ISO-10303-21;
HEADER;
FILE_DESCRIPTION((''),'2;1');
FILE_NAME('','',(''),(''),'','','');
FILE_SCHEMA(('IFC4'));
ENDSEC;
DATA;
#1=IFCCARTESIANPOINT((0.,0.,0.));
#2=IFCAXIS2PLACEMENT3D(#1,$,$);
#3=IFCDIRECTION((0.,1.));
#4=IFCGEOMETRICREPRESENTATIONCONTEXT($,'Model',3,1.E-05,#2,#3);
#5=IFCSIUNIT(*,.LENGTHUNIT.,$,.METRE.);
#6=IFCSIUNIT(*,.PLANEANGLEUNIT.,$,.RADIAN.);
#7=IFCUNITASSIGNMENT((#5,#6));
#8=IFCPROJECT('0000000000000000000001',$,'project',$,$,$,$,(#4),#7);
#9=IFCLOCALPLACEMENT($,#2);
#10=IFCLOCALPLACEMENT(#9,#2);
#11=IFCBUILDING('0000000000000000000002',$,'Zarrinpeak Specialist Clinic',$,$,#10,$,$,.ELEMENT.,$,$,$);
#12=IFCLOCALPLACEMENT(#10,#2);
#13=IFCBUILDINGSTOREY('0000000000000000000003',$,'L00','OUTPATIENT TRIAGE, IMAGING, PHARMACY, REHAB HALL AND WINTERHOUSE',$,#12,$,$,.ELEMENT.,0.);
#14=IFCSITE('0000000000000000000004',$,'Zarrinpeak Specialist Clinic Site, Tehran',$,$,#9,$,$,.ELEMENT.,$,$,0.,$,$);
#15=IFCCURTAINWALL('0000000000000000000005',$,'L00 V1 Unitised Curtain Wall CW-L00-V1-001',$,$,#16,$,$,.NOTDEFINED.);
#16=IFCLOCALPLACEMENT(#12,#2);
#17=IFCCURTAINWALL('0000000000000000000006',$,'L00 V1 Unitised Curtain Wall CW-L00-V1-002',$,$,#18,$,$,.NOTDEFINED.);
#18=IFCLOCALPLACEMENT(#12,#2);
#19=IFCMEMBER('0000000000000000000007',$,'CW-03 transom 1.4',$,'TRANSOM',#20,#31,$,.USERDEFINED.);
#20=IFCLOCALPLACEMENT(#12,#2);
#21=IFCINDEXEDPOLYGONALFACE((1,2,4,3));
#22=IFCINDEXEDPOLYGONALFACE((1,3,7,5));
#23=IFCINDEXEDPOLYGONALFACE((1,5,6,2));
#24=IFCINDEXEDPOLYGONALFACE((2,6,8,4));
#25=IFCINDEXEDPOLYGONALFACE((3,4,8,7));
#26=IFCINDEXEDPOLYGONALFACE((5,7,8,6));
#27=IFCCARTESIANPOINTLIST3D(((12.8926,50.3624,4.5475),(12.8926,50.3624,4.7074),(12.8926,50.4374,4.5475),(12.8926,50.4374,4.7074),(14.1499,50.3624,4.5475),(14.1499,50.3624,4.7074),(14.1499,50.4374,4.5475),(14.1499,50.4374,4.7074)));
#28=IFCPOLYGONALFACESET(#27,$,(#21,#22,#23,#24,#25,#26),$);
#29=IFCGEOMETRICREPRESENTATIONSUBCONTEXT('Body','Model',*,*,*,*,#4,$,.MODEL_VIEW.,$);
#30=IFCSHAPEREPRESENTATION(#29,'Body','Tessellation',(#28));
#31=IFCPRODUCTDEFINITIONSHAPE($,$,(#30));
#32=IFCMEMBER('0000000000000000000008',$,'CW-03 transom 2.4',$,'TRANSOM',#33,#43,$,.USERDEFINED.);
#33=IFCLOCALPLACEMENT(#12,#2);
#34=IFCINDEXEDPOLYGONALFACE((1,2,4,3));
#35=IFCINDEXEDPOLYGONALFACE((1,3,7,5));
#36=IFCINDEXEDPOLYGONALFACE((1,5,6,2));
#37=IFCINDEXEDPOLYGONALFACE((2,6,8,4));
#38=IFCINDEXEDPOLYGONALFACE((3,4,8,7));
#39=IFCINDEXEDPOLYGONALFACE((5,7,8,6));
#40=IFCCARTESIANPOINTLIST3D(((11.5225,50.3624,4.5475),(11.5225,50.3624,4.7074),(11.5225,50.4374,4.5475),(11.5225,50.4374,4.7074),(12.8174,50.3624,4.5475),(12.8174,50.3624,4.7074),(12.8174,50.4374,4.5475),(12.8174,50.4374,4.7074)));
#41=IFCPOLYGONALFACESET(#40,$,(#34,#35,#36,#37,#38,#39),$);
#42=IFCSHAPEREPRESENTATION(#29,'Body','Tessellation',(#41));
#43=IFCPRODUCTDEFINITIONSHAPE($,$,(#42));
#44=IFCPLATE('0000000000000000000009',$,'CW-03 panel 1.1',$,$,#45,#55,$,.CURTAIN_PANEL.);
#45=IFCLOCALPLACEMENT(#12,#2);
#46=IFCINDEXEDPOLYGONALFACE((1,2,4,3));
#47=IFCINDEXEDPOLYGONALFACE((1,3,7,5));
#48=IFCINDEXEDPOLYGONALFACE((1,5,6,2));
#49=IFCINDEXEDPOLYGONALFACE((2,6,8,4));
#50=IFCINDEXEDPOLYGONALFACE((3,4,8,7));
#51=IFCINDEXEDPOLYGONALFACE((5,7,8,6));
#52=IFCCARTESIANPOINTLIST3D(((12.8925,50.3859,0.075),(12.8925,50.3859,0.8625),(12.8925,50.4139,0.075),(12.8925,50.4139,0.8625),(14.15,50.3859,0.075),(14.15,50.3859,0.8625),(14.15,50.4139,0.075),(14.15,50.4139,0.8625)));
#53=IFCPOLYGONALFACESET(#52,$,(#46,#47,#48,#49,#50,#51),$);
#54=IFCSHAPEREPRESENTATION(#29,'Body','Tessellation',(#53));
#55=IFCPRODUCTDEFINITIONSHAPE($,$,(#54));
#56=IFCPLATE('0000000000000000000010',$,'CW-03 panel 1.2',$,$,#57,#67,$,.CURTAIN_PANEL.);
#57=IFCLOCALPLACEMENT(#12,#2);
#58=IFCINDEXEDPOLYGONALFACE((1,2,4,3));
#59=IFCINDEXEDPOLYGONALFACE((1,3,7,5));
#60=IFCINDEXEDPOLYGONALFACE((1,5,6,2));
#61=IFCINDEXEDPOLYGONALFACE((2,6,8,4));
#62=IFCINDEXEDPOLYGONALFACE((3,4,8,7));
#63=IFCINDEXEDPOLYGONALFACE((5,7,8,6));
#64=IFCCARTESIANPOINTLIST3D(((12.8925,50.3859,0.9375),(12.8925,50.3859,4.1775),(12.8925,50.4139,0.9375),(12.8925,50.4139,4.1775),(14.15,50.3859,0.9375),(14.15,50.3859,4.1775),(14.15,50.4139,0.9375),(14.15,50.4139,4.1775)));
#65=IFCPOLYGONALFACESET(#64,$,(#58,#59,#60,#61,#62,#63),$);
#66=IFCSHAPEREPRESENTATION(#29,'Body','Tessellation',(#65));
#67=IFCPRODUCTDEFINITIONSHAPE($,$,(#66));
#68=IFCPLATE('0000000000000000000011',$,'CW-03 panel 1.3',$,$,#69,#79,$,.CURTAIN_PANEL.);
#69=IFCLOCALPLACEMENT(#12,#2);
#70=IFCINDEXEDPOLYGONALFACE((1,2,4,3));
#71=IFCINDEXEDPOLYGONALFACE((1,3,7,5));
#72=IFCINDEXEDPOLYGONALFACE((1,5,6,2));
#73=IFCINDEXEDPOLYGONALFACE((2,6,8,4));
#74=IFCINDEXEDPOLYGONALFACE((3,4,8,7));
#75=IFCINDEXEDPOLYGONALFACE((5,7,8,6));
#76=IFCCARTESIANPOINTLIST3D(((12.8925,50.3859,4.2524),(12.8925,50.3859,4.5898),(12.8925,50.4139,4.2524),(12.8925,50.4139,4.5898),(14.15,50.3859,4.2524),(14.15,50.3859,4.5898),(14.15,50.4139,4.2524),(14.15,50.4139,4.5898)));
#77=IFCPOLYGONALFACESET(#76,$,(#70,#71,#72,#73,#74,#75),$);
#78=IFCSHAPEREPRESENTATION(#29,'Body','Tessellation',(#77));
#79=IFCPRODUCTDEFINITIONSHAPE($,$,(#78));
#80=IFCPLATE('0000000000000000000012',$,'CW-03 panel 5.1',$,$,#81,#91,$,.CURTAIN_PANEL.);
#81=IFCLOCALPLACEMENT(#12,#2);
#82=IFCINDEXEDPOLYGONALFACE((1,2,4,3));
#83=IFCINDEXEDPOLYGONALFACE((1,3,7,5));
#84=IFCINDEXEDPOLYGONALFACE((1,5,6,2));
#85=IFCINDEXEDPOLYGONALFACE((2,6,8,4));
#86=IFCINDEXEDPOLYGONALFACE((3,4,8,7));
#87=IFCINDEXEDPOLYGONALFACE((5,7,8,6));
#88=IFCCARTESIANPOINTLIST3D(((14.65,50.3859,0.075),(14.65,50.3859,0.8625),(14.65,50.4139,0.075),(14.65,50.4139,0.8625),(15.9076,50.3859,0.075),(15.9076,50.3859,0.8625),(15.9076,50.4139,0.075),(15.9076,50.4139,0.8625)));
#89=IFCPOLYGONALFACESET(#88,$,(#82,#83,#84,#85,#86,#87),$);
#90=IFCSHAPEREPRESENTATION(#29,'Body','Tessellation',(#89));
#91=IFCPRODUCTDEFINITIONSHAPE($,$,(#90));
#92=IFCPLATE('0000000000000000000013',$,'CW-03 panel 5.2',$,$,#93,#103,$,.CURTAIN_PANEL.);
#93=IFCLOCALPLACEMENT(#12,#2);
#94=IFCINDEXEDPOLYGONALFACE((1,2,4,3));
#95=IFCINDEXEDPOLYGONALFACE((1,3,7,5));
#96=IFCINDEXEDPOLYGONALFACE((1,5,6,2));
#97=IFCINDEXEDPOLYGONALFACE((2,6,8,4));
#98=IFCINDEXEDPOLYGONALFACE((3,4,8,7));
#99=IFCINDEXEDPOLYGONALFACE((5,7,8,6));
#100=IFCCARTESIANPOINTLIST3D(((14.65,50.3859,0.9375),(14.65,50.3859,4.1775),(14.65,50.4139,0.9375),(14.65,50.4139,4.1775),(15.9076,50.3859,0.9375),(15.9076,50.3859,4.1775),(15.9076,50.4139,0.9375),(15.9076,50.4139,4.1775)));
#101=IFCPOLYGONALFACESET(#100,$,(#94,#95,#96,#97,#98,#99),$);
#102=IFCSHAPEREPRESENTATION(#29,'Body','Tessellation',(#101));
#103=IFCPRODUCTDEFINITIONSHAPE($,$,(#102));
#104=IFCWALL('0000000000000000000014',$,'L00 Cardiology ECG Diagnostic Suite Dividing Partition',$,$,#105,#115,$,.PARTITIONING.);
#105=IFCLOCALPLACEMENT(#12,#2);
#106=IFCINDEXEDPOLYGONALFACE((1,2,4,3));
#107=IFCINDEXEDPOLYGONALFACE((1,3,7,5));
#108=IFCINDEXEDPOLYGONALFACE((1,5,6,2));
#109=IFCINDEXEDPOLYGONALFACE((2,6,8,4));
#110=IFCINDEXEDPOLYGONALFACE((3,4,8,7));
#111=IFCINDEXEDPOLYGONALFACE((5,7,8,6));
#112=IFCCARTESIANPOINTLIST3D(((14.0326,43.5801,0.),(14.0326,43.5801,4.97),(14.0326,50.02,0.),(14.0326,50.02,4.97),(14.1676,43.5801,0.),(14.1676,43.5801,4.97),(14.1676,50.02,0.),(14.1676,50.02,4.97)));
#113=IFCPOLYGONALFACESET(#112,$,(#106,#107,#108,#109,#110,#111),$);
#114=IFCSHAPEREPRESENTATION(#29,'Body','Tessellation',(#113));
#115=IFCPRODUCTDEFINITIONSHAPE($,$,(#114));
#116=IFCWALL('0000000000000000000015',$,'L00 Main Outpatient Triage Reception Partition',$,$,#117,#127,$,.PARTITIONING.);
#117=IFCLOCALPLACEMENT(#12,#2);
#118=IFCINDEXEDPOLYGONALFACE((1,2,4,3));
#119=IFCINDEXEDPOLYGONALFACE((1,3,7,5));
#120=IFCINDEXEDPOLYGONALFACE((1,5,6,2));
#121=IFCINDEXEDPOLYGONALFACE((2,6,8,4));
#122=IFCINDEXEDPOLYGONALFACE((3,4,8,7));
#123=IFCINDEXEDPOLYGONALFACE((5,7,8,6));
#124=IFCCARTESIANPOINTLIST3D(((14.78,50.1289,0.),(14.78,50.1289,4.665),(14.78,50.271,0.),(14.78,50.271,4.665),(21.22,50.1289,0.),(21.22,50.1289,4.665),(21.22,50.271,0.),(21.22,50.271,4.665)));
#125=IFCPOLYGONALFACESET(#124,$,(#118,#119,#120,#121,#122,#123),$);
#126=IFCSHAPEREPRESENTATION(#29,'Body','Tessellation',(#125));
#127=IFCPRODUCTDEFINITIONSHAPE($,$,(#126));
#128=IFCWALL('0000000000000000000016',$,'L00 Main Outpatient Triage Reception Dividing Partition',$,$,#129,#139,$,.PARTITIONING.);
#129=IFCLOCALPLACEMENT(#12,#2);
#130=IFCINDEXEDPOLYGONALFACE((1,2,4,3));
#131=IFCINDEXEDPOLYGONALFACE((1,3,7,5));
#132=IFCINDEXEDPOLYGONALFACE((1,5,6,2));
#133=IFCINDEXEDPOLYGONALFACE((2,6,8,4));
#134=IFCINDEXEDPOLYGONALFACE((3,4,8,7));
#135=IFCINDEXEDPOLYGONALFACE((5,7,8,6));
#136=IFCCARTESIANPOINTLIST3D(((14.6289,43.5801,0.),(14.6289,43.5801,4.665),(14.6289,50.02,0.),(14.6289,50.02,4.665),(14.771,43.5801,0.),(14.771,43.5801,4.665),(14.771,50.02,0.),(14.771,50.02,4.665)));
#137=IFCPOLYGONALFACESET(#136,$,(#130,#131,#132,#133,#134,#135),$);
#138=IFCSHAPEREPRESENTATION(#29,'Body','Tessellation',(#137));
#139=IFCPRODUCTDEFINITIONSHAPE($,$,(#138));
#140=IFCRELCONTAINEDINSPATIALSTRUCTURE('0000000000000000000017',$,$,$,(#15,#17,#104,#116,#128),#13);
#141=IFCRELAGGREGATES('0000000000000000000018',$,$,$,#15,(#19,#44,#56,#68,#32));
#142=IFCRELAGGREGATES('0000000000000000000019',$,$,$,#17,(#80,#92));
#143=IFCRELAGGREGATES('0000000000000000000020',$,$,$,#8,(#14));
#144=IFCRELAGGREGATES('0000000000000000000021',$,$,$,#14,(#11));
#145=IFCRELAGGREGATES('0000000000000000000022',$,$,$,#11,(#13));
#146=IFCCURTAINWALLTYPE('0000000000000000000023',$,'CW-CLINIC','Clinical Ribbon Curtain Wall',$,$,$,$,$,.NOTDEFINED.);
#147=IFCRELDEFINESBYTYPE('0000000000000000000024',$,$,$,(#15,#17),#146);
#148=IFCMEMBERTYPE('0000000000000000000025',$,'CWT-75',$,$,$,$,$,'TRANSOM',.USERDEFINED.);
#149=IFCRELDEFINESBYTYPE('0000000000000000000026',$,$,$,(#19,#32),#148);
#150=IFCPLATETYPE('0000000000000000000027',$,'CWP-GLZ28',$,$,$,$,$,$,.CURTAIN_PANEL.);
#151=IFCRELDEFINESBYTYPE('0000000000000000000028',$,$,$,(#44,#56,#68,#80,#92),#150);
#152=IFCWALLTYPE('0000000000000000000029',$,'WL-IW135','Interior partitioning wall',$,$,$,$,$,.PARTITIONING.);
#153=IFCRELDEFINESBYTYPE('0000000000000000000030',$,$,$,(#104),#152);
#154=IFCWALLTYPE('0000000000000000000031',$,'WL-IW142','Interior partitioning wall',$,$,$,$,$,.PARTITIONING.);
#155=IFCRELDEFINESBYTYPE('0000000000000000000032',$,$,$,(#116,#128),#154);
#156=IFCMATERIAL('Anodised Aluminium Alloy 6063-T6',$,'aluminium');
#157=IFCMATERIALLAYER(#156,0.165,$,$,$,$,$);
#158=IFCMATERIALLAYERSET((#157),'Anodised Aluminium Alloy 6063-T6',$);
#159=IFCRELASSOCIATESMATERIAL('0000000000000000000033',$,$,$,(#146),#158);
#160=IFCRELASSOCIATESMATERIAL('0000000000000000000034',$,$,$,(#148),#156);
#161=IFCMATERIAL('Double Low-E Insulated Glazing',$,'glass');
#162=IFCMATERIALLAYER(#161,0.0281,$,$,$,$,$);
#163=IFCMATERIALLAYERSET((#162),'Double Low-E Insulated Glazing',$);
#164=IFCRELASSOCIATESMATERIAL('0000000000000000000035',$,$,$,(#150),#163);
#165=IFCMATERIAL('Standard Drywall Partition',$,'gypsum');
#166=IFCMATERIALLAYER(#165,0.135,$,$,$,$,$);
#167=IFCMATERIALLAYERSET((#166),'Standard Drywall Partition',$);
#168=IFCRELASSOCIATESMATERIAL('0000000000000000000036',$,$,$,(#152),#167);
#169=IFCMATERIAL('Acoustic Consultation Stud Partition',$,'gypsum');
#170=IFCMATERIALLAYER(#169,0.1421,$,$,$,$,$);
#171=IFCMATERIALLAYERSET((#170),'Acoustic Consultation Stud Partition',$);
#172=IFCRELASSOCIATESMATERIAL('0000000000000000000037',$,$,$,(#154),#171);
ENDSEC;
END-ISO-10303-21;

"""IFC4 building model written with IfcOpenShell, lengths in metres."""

from ifc_helpers import new_model, si_unit, direction, frame, frame_2d, origin, origin_2d, place, context, subcontext, project, spatial, rectangle, extrude, material, layer, layer_set, material_profile, profile_set, type_object, element, aggregate, save


model = new_model("IFC4")

# Units and contexts
model_context = context("Model", 3, precision=1e-05, world=origin(), true_north=direction((0.0, 1.0)))
body_context = subcontext(model_context, "Body", "Model", "MODEL_VIEW")
ifc_project = project(units=[si_unit("LENGTHUNIT", "METRE"), si_unit("PLANEANGLEUNIT", "RADIAN")], contexts=[model_context])

# Site, building, storey
site_placement = place(None, origin())
site = spatial("IfcSite", under=ifc_project, at=site_placement, Name="Zarrinpeak Specialist Clinic Site, Tehran", CompositionType="ELEMENT", RefElevation=0.0)
building_placement = place(site_placement, origin())
building = spatial("IfcBuilding", under=site, at=building_placement, Name="Zarrinpeak Specialist Clinic", CompositionType="ELEMENT")
storey_placement = place(building_placement, origin())
storey = spatial("IfcBuildingStorey", under=building, at=storey_placement, Name="L00", Description="OUTPATIENT TRIAGE, IMAGING, PHARMACY, REHAB HALL AND WINTERHOUSE", CompositionType="ELEMENT", Elevation=0.0)

# Curtain wall
ifc_material_1 = material(Name="Anodised Aluminium Alloy 6063-T6", Category="aluminium")
ifc_layer_1 = layer(ifc_material_1, 0.165)
ifc_layer_set_1 = layer_set([ifc_layer_1], Name="Anodised Aluminium Alloy 6063-T6")
curtain_wall_type = type_object("IfcCurtainWallType", Name="CW-CLINIC", Description="Clinical Ribbon Curtain Wall", PredefinedType="NOTDEFINED", material=ifc_layer_set_1)
curtain_wall_1_placement = place(storey_placement, origin())
curtain_wall_1 = element("IfcCurtainWall", 1, at=curtain_wall_1_placement, inside=storey, type_object=curtain_wall_type, Name="L00 V1 Unitised Curtain Wall CW-L00-V1-001", PredefinedType="NOTDEFINED")

# Curtain wall
curtain_wall_2_placement = place(storey_placement, origin())
curtain_wall_2 = element("IfcCurtainWall", 2, at=curtain_wall_2_placement, inside=storey, type_object=curtain_wall_type, Name="L00 V1 Unitised Curtain Wall CW-L00-V1-002", PredefinedType="NOTDEFINED")

# Members
ifc_material_profile_1 = material_profile(ifc_material_1, rectangle(XDim=0.075, YDim=0.1599, at=origin_2d()), Name="ALU 75x160")
ifc_profile_set_1 = profile_set([ifc_material_profile_1], Name="Anodised Aluminium Alloy 6063-T6")
member_type_1 = type_object("IfcMemberType", Name="CWT-75", ElementType="TRANSOM", PredefinedType="USERDEFINED", material=ifc_profile_set_1)
member_1_placement = place(storey_placement, frame((14.1499, 50.3999, 4.6274), z_axis=(-1.0, 0.0, 0.0), x_axis=(0.0, -1.0, 0.0)))
member_1 = element("IfcMember", 3, at=member_1_placement, type_object=member_type_1, Name="CW-03 transom 1.4", ObjectType="TRANSOM", PredefinedType="USERDEFINED", context=body_context, shape_type="SweptSolid", body=[
    extrude(rectangle(XDim=0.075, YDim=0.1599, at=origin_2d()), origin(), (0.0, 0.0, 1.0), 1.2573),
])
member_2_placement = place(storey_placement, frame((12.8174, 50.3999, 4.6274), z_axis=(-1.0, 0.0, 0.0), x_axis=(0.0, -1.0, 0.0)))
member_2 = element("IfcMember", 4, at=member_2_placement, type_object=member_type_1, Name="CW-03 transom 2.4", ObjectType="TRANSOM", PredefinedType="USERDEFINED", context=body_context, shape_type="SweptSolid", body=[
    extrude(rectangle(XDim=0.075, YDim=0.1599, at=origin_2d()), origin(), (0.0, 0.0, 1.0), 1.2949),
])

# Plates
ifc_material_2 = material(Name="Double Low-E Insulated Glazing", Category="glass")
ifc_layer_2 = layer(ifc_material_2, 0.0281)
ifc_layer_set_2 = layer_set([ifc_layer_2], Name="Double Low-E Insulated Glazing")
plate_type = type_object("IfcPlateType", Name="CWP-GLZ28", PredefinedType="CURTAIN_PANEL", material=ifc_layer_set_2)
plate_1_placement = place(storey_placement, frame((13.5212, 50.3999, 0.075), z_axis=(0.0, 0.0, 1.0), x_axis=(-1.0, 0.0, 0.0)))
plate_1 = element("IfcPlate", 5, at=plate_1_placement, type_object=plate_type, Name="CW-03 panel 1.1", PredefinedType="CURTAIN_PANEL", context=body_context, shape_type="SweptSolid", body=[
    extrude(rectangle(XDim=1.2576, YDim=0.0281, at=origin_2d()), origin(), (0.0, 0.0, 1.0), 0.7876),
])
plate_2_placement = place(storey_placement, frame((13.5212, 50.3999, 0.9375), z_axis=(0.0, 0.0, 1.0), x_axis=(-1.0, 0.0, 0.0)))
plate_2 = element("IfcPlate", 6, at=plate_2_placement, type_object=plate_type, Name="CW-03 panel 1.2", PredefinedType="CURTAIN_PANEL", context=body_context, shape_type="SweptSolid", body=[
    extrude(rectangle(XDim=1.2576, YDim=0.0281, at=origin_2d()), origin(), (0.0, 0.0, 1.0), 3.24),
])
plate_3_placement = place(storey_placement, frame((13.5212, 50.3999, 4.2524), z_axis=(0.0, 0.0, 1.0), x_axis=(-1.0, 0.0, 0.0)))
plate_3 = element("IfcPlate", 7, at=plate_3_placement, type_object=plate_type, Name="CW-03 panel 1.3", PredefinedType="CURTAIN_PANEL", context=body_context, shape_type="SweptSolid", body=[
    extrude(rectangle(XDim=1.2576, YDim=0.0281, at=origin_2d()), origin(), (0.0, 0.0, 1.0), 0.3374),
])
aggregate(curtain_wall_1, [member_1, plate_1, plate_2, plate_3, member_2])
plate_4_placement = place(storey_placement, frame((15.2788, 50.3999, 0.075), z_axis=(0.0, 0.0, 1.0), x_axis=(-1.0, 0.0, 0.0)))
plate_4 = element("IfcPlate", 8, at=plate_4_placement, type_object=plate_type, Name="CW-03 panel 5.1", PredefinedType="CURTAIN_PANEL", context=body_context, shape_type="SweptSolid", body=[
    extrude(rectangle(XDim=1.2576, YDim=0.0281, at=origin_2d()), origin(), (0.0, 0.0, 1.0), 0.7876),
])
plate_5_placement = place(storey_placement, frame((15.2788, 50.3999, 0.9375), z_axis=(0.0, 0.0, 1.0), x_axis=(-1.0, 0.0, 0.0)))
plate_5 = element("IfcPlate", 9, at=plate_5_placement, type_object=plate_type, Name="CW-03 panel 5.2", PredefinedType="CURTAIN_PANEL", context=body_context, shape_type="SweptSolid", body=[
    extrude(rectangle(XDim=1.2576, YDim=0.0281, at=origin_2d()), origin(), (0.0, 0.0, 1.0), 3.24),
])
aggregate(curtain_wall_2, [plate_4, plate_5])

# Walls
ifc_material_3 = material(Name="Standard Drywall Partition", Category="gypsum")
ifc_layer_3 = layer(ifc_material_3, 0.135)
ifc_layer_set_3 = layer_set([ifc_layer_3], Name="Standard Drywall Partition")
wall_type_1 = type_object("IfcWallType", Name="WL-IW135", Description="Interior partitioning wall", PredefinedType="PARTITIONING", material=ifc_layer_set_3)
wall_placement = place(storey_placement, frame((14.1001, 43.5801, 0.0), z_axis=(0.0, 0.0, 1.0), x_axis=(0.0, 1.0, 0.0)))
element("IfcWall", 10, at=wall_placement, inside=storey, type_object=wall_type_1, Name="L00 Cardiology ECG Diagnostic Suite Dividing Partition", PredefinedType="PARTITIONING", context=body_context, shape_type="SweptSolid", body=[
    extrude(rectangle(XDim=6.4399, YDim=0.135, at=frame_2d((3.22, 0.0))), origin(), (0.0, 0.0, 1.0), 4.97),
])
ifc_material_4 = material(Name="Acoustic Consultation Stud Partition", Category="gypsum")
ifc_layer_4 = layer(ifc_material_4, 0.1421)
ifc_layer_set_4 = layer_set([ifc_layer_4], Name="Acoustic Consultation Stud Partition")
wall_type_2 = type_object("IfcWallType", Name="WL-IW142", Description="Interior partitioning wall", PredefinedType="PARTITIONING", material=ifc_layer_set_4)
for number, where, z_axis, x_axis, name in (
    (11, (14.78, 50.2, 0.0), (0.0, 0.0, 1.0), (1.0, 0.0, 0.0), "L00 Main Outpatient Triage Reception Partition"),
    (12, (14.7, 43.5801, 0.0), (0.0, 0.0, 1.0), (0.0, 1.0, 0.0), "L00 Main Outpatient Triage Reception Dividing Partition"),
):
    element("IfcWall", number, at=place(storey_placement, frame(where, z_axis=z_axis, x_axis=x_axis)), inside=storey, type_object=wall_type_2, Name=name, PredefinedType="PARTITIONING", context=body_context, shape_type="SweptSolid", body=[
        extrude(rectangle(XDim=6.4399, YDim=0.1421, at=frame_2d((3.22, 0.0))), origin(), (0.0, 0.0, 1.0), 4.665),
    ])

save(model, "model.ifc")
